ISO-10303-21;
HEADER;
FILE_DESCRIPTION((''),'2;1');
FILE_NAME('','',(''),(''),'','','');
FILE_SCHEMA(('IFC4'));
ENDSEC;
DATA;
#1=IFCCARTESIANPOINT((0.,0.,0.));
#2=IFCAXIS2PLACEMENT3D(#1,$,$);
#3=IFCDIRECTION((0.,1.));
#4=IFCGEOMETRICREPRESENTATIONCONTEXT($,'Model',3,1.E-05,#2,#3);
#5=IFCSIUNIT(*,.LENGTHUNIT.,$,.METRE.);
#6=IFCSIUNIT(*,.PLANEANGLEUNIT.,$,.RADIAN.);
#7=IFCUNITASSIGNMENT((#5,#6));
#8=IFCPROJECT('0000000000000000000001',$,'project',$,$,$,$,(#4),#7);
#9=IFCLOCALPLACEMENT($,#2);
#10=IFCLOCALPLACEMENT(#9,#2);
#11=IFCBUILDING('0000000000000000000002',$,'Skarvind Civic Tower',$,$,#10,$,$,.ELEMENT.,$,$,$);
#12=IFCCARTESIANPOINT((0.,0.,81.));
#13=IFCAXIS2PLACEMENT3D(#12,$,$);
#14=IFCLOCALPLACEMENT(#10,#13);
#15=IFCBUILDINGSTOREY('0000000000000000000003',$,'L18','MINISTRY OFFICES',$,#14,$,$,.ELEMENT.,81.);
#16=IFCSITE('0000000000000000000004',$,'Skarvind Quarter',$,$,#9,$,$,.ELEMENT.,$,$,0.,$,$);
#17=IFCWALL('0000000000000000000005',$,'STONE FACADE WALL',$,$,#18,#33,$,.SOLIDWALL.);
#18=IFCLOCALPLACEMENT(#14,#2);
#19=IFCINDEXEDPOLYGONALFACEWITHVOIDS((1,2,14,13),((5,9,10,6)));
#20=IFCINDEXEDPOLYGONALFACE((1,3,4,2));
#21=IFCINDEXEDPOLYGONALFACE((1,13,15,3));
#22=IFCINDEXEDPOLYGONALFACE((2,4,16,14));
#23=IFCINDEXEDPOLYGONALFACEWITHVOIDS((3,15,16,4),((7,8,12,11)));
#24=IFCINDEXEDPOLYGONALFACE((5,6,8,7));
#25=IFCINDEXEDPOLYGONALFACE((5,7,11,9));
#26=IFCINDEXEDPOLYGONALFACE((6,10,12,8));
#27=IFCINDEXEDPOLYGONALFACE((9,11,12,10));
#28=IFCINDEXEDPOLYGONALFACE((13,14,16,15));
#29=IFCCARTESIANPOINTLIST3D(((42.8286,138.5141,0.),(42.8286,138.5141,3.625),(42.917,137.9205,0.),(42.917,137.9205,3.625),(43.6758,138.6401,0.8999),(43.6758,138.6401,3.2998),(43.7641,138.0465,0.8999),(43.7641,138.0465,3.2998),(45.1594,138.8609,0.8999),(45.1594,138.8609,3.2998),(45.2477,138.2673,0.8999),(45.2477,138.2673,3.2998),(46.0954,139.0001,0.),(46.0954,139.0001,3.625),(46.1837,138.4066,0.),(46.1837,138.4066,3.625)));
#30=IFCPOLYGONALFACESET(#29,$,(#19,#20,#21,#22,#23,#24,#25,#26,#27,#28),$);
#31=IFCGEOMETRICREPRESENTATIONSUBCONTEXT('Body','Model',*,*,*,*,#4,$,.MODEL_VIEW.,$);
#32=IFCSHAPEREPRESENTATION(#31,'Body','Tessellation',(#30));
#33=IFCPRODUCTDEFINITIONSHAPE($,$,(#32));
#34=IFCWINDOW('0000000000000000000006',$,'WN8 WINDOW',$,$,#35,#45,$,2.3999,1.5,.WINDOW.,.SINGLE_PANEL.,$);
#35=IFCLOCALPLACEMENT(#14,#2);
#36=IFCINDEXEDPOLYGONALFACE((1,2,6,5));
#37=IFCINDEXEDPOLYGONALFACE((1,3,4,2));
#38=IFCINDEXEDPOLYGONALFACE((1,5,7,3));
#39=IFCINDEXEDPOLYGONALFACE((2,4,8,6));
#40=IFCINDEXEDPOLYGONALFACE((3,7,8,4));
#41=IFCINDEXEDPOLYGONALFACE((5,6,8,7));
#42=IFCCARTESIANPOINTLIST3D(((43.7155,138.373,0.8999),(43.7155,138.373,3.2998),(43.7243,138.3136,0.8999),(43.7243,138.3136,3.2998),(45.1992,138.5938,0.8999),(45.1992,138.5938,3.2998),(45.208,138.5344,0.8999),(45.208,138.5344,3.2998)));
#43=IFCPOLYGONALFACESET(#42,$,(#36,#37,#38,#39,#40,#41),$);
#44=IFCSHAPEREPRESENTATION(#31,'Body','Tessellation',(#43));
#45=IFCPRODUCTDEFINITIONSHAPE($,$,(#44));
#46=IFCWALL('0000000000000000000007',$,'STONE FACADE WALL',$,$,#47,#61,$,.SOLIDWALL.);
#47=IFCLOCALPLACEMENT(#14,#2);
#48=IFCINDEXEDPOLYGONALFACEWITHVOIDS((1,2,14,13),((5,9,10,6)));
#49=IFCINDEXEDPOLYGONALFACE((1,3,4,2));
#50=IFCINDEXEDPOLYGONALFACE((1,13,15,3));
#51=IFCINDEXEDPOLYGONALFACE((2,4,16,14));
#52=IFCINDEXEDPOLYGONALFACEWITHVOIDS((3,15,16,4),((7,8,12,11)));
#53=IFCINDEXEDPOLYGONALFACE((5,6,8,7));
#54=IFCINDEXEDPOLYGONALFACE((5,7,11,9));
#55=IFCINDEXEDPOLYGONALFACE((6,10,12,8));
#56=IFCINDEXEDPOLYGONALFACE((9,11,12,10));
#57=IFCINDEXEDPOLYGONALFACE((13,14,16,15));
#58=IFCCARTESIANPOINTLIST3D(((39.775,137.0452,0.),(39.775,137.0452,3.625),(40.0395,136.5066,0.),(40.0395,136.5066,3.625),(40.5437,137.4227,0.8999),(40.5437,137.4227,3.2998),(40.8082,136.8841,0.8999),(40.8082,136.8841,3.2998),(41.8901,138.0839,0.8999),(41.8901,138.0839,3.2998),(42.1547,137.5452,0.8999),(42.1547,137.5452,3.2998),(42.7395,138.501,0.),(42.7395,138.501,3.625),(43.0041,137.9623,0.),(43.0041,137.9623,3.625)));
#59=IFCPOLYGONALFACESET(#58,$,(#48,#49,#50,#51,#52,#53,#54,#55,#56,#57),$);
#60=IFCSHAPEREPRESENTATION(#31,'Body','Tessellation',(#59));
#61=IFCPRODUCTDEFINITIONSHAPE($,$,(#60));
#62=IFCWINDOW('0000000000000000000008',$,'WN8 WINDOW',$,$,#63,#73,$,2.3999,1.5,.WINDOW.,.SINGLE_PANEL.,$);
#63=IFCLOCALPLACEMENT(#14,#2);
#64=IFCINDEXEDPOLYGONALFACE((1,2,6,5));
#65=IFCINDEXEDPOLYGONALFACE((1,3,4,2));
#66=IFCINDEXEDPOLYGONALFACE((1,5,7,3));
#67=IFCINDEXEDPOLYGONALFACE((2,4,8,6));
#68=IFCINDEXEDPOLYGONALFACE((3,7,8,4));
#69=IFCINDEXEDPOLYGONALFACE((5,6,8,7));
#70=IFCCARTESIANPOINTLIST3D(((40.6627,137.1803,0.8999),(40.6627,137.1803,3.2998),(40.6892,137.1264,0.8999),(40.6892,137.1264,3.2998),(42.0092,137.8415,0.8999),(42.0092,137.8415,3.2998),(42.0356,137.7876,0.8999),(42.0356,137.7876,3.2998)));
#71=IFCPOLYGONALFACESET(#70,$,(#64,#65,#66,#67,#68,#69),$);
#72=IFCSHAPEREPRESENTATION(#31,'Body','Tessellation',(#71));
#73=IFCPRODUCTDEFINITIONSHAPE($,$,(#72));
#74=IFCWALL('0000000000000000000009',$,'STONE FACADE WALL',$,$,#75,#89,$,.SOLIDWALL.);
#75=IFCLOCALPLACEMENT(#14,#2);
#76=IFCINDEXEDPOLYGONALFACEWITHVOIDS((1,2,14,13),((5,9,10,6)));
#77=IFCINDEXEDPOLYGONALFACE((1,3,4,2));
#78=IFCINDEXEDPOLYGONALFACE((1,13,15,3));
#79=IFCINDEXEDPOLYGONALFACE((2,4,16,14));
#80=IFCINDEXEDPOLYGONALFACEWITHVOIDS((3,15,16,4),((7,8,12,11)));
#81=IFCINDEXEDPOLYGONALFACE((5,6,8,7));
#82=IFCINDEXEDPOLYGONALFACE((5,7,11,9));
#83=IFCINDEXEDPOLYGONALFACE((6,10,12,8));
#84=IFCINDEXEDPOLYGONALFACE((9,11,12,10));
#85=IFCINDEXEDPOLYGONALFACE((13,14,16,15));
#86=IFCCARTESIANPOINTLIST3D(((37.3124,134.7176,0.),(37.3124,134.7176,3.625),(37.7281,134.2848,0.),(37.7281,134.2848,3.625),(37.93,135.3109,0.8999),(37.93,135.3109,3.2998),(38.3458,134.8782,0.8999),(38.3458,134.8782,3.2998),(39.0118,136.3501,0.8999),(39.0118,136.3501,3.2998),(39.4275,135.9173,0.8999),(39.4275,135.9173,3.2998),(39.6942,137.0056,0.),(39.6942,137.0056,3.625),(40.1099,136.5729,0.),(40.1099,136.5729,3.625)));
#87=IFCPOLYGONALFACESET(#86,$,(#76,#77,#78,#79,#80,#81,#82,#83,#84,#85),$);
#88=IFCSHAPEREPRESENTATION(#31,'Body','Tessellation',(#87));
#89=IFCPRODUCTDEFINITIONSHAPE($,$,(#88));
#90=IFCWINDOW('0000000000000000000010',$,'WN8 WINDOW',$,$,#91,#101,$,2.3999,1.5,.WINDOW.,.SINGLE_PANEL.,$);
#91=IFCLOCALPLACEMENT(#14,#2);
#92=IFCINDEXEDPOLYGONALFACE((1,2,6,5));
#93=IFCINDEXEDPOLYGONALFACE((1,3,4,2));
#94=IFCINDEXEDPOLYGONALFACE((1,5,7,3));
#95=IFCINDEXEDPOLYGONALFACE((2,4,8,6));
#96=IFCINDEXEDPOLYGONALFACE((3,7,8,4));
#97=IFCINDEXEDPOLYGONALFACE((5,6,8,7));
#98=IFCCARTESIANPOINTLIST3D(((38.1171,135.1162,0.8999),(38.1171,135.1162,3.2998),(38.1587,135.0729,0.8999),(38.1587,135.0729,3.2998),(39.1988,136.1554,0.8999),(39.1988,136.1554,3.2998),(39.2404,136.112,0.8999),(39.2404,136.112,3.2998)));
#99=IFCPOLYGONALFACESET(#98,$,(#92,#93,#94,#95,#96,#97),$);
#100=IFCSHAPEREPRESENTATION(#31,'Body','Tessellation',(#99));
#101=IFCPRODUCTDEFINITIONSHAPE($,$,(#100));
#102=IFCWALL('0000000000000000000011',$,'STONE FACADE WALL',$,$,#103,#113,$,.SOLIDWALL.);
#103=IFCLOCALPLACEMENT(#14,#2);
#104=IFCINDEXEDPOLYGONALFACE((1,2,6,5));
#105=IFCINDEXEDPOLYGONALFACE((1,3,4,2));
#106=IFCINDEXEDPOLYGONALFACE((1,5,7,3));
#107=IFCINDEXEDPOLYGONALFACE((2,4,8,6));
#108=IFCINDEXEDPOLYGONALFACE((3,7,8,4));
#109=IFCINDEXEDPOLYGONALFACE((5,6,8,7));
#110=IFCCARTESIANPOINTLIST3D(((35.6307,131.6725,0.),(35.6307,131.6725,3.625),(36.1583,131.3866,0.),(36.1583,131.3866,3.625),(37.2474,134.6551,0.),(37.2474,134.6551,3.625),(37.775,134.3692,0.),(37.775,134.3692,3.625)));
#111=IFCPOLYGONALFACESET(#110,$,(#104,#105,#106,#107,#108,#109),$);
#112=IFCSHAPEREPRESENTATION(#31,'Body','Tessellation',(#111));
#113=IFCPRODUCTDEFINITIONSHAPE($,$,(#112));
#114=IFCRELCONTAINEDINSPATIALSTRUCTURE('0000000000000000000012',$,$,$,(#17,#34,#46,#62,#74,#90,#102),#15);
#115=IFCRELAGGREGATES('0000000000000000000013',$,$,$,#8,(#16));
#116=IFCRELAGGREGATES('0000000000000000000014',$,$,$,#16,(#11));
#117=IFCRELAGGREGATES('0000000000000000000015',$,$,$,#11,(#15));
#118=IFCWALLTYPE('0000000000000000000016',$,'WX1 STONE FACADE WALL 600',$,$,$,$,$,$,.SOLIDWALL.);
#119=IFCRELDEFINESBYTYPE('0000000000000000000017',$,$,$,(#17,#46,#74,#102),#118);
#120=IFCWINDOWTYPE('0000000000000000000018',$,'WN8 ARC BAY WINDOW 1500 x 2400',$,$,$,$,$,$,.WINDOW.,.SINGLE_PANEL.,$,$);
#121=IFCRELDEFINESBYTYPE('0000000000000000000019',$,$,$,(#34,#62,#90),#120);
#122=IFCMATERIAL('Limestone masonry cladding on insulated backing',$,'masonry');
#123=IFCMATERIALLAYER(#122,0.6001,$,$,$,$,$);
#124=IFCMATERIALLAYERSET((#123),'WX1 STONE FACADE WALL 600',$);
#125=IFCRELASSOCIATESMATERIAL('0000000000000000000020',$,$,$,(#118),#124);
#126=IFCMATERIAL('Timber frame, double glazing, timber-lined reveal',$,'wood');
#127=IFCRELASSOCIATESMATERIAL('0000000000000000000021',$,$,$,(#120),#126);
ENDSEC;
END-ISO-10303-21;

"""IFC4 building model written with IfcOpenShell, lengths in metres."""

from ifc_helpers import new_model, si_unit, direction, frame, frame_2d, origin, place, context, subcontext, project, spatial, rectangle, extrude, material, layer, layer_set, type_object, element, fill, save


model = new_model("IFC4")

# Units and contexts
model_context = context("Model", 3, precision=1e-05, world=origin(), true_north=direction((0.0, 1.0)))
body_context = subcontext(model_context, "Body", "Model", "MODEL_VIEW")
ifc_project = project(units=[si_unit("LENGTHUNIT", "METRE"), si_unit("PLANEANGLEUNIT", "RADIAN")], contexts=[model_context])

# Site, building, storey
site_placement = place(None, origin())
site = spatial("IfcSite", under=ifc_project, at=site_placement, Name="Skarvind Quarter", CompositionType="ELEMENT", RefElevation=0.0)
building_placement = place(site_placement, origin())
building = spatial("IfcBuilding", under=site, at=building_placement, Name="Skarvind Civic Tower", CompositionType="ELEMENT")
storey_placement = place(building_placement, frame((0.0, 0.0, 81.0)))
storey = spatial("IfcBuildingStorey", under=building, at=storey_placement, Name="L18", Description="MINISTRY OFFICES", CompositionType="ELEMENT", Elevation=81.0)

# Walls, openings, windows
ifc_material_1 = material(Name="Limestone masonry cladding on insulated backing", Category="masonry")
ifc_layer_1 = layer(ifc_material_1, 0.6001)
ifc_layer_set_1 = layer_set([ifc_layer_1], Name="WX1 STONE FACADE WALL 600")
wall_type_1 = type_object("IfcWallType", Name="WX1 STONE FACADE WALL 600", PredefinedType="SOLIDWALL", material=ifc_layer_set_1)
wall_1_placement = place(storey_placement, frame((42.8728, 138.2173, 0.0), z_axis=(0.0, 0.0, 1.0), x_axis=(0.989111, 0.147173, 0.0)))
wall_1 = element("IfcWall", 1, at=wall_1_placement, inside=storey, type_object=wall_type_1, Name="STONE FACADE WALL", PredefinedType="SOLIDWALL", context=body_context, shape_type="SweptSolid", body=[
    extrude(rectangle(XDim=3.3027, YDim=0.6001, at=frame_2d((1.6514, 0.0))), origin(), (0.0, 0.0, 1.0), 3.625),
])
opening_1_placement = place(wall_1_placement, frame((0.8564, 0.0, 0.8999)))
opening_1 = element("IfcOpeningElement", 2, at=opening_1_placement, cuts=wall_1, PredefinedType="OPENING", context=body_context, shape_type="SweptSolid", body=[
    extrude(rectangle(XDim=1.5, YDim=2.3999, at=frame_2d((0.75, 1.2))), frame((0.0, 0.3101, 0.0), z_axis=(0.0, -1.0, 0.0), x_axis=(1.0, 0.0, 0.0)), (0.0, 0.0, 1.0), 0.6201),
])
ifc_material_2 = material(Name="Timber frame, double glazing, timber-lined reveal", Category="wood")
window_type = type_object("IfcWindowType", Name="WN8 ARC BAY WINDOW 1500 x 2400", PartitioningType="SINGLE_PANEL", PredefinedType="WINDOW", material=ifc_material_2)
window_1_placement = place(opening_1_placement, origin())
window_1 = element("IfcWindow", 3, at=window_1_placement, inside=storey, type_object=window_type, Name="WN8 WINDOW", OverallHeight=2.3999, OverallWidth=1.5, PartitioningType="SINGLE_PANEL", PredefinedType="WINDOW", context=body_context, shape_type="SweptSolid", body=[
    extrude(rectangle(XDim=1.5, YDim=2.3999, at=frame_2d((0.75, 1.2))), frame((0.0, 0.03, 0.0), z_axis=(0.0, -1.0, 0.0), x_axis=(1.0, 0.0, 0.0)), (0.0, 0.0, 1.0), 0.0601),
])
fill(opening_1, window_1)
wall_2_placement = place(storey_placement, frame((39.9072, 136.7759, 0.0), z_axis=(0.0, 0.0, 1.0), x_axis=(0.897612, 0.440786, 0.0)))
wall_2 = element("IfcWall", 4, at=wall_2_placement, inside=storey, type_object=wall_type_1, Name="STONE FACADE WALL", PredefinedType="SOLIDWALL", context=body_context, shape_type="SweptSolid", body=[
    extrude(rectangle(XDim=3.3027, YDim=0.6001, at=frame_2d((1.6514, 0.0))), origin(), (0.0, 0.0, 1.0), 3.625),
])
opening_2_placement = place(wall_2_placement, frame((0.8564, 0.0, 0.8999)))
opening_2 = element("IfcOpeningElement", 5, at=opening_2_placement, cuts=wall_2, PredefinedType="OPENING", context=body_context, shape_type="SweptSolid", body=[
    extrude(rectangle(XDim=1.5, YDim=2.3999, at=frame_2d((0.75, 1.2))), frame((0.0, 0.3101, 0.0), z_axis=(0.0, -1.0, 0.0), x_axis=(1.0, 0.0, 0.0)), (0.0, 0.0, 1.0), 0.6201),
])
window_2_placement = place(opening_2_placement, origin())
window_2 = element("IfcWindow", 6, at=window_2_placement, inside=storey, type_object=window_type, Name="WN8 WINDOW", OverallHeight=2.3999, OverallWidth=1.5, PartitioningType="SINGLE_PANEL", PredefinedType="WINDOW", context=body_context, shape_type="SweptSolid", body=[
    extrude(rectangle(XDim=1.5, YDim=2.3999, at=frame_2d((0.75, 1.2))), frame((0.0, 0.03, 0.0), z_axis=(0.0, -1.0, 0.0), x_axis=(1.0, 0.0, 0.0)), (0.0, 0.0, 1.0), 0.0601),
])
fill(opening_2, window_2)
wall_3_placement = place(storey_placement, frame((37.5203, 134.5012, 0.0), z_axis=(0.0, 0.0, 1.0), x_axis=(0.721157, 0.692772, 0.0)))
wall_3 = element("IfcWall", 7, at=wall_3_placement, inside=storey, type_object=wall_type_1, Name="STONE FACADE WALL", PredefinedType="SOLIDWALL", context=body_context, shape_type="SweptSolid", body=[
    extrude(rectangle(XDim=3.3027, YDim=0.6001, at=frame_2d((1.6514, 0.0))), origin(), (0.0, 0.0, 1.0), 3.625),
])
opening_3_placement = place(wall_3_placement, frame((0.8564, 0.0, 0.8999)))
opening_3 = element("IfcOpeningElement", 8, at=opening_3_placement, cuts=wall_3, PredefinedType="OPENING", context=body_context, shape_type="SweptSolid", body=[
    extrude(rectangle(XDim=1.5, YDim=2.3999, at=frame_2d((0.75, 1.2))), frame((0.0, 0.3101, 0.0), z_axis=(0.0, -1.0, 0.0), x_axis=(1.0, 0.0, 0.0)), (0.0, 0.0, 1.0), 0.6201),
])
window_3_placement = place(opening_3_placement, origin())
window_3 = element("IfcWindow", 9, at=window_3_placement, inside=storey, type_object=window_type, Name="WN8 WINDOW", OverallHeight=2.3999, OverallWidth=1.5, PartitioningType="SINGLE_PANEL", PredefinedType="WINDOW", context=body_context, shape_type="SweptSolid", body=[
    extrude(rectangle(XDim=1.5, YDim=2.3999, at=frame_2d((0.75, 1.2))), frame((0.0, 0.03, 0.0), z_axis=(0.0, -1.0, 0.0), x_axis=(1.0, 0.0, 0.0)), (0.0, 0.0, 1.0), 0.0601),
])
fill(opening_3, window_3)

# Wall
wall_4_placement = place(storey_placement, frame((35.8945, 131.5295, 0.0), z_axis=(0.0, 0.0, 1.0), x_axis=(0.476531, 0.879158, 0.0)))
element("IfcWall", 10, at=wall_4_placement, inside=storey, type_object=wall_type_1, Name="STONE FACADE WALL", PredefinedType="SOLIDWALL", context=body_context, shape_type="SweptSolid", body=[
    extrude(rectangle(XDim=3.3926, YDim=0.6001, at=frame_2d((1.6963, 0.0))), origin(), (0.0, 0.0, 1.0), 3.625),
])

save(model, "model.ifc")
